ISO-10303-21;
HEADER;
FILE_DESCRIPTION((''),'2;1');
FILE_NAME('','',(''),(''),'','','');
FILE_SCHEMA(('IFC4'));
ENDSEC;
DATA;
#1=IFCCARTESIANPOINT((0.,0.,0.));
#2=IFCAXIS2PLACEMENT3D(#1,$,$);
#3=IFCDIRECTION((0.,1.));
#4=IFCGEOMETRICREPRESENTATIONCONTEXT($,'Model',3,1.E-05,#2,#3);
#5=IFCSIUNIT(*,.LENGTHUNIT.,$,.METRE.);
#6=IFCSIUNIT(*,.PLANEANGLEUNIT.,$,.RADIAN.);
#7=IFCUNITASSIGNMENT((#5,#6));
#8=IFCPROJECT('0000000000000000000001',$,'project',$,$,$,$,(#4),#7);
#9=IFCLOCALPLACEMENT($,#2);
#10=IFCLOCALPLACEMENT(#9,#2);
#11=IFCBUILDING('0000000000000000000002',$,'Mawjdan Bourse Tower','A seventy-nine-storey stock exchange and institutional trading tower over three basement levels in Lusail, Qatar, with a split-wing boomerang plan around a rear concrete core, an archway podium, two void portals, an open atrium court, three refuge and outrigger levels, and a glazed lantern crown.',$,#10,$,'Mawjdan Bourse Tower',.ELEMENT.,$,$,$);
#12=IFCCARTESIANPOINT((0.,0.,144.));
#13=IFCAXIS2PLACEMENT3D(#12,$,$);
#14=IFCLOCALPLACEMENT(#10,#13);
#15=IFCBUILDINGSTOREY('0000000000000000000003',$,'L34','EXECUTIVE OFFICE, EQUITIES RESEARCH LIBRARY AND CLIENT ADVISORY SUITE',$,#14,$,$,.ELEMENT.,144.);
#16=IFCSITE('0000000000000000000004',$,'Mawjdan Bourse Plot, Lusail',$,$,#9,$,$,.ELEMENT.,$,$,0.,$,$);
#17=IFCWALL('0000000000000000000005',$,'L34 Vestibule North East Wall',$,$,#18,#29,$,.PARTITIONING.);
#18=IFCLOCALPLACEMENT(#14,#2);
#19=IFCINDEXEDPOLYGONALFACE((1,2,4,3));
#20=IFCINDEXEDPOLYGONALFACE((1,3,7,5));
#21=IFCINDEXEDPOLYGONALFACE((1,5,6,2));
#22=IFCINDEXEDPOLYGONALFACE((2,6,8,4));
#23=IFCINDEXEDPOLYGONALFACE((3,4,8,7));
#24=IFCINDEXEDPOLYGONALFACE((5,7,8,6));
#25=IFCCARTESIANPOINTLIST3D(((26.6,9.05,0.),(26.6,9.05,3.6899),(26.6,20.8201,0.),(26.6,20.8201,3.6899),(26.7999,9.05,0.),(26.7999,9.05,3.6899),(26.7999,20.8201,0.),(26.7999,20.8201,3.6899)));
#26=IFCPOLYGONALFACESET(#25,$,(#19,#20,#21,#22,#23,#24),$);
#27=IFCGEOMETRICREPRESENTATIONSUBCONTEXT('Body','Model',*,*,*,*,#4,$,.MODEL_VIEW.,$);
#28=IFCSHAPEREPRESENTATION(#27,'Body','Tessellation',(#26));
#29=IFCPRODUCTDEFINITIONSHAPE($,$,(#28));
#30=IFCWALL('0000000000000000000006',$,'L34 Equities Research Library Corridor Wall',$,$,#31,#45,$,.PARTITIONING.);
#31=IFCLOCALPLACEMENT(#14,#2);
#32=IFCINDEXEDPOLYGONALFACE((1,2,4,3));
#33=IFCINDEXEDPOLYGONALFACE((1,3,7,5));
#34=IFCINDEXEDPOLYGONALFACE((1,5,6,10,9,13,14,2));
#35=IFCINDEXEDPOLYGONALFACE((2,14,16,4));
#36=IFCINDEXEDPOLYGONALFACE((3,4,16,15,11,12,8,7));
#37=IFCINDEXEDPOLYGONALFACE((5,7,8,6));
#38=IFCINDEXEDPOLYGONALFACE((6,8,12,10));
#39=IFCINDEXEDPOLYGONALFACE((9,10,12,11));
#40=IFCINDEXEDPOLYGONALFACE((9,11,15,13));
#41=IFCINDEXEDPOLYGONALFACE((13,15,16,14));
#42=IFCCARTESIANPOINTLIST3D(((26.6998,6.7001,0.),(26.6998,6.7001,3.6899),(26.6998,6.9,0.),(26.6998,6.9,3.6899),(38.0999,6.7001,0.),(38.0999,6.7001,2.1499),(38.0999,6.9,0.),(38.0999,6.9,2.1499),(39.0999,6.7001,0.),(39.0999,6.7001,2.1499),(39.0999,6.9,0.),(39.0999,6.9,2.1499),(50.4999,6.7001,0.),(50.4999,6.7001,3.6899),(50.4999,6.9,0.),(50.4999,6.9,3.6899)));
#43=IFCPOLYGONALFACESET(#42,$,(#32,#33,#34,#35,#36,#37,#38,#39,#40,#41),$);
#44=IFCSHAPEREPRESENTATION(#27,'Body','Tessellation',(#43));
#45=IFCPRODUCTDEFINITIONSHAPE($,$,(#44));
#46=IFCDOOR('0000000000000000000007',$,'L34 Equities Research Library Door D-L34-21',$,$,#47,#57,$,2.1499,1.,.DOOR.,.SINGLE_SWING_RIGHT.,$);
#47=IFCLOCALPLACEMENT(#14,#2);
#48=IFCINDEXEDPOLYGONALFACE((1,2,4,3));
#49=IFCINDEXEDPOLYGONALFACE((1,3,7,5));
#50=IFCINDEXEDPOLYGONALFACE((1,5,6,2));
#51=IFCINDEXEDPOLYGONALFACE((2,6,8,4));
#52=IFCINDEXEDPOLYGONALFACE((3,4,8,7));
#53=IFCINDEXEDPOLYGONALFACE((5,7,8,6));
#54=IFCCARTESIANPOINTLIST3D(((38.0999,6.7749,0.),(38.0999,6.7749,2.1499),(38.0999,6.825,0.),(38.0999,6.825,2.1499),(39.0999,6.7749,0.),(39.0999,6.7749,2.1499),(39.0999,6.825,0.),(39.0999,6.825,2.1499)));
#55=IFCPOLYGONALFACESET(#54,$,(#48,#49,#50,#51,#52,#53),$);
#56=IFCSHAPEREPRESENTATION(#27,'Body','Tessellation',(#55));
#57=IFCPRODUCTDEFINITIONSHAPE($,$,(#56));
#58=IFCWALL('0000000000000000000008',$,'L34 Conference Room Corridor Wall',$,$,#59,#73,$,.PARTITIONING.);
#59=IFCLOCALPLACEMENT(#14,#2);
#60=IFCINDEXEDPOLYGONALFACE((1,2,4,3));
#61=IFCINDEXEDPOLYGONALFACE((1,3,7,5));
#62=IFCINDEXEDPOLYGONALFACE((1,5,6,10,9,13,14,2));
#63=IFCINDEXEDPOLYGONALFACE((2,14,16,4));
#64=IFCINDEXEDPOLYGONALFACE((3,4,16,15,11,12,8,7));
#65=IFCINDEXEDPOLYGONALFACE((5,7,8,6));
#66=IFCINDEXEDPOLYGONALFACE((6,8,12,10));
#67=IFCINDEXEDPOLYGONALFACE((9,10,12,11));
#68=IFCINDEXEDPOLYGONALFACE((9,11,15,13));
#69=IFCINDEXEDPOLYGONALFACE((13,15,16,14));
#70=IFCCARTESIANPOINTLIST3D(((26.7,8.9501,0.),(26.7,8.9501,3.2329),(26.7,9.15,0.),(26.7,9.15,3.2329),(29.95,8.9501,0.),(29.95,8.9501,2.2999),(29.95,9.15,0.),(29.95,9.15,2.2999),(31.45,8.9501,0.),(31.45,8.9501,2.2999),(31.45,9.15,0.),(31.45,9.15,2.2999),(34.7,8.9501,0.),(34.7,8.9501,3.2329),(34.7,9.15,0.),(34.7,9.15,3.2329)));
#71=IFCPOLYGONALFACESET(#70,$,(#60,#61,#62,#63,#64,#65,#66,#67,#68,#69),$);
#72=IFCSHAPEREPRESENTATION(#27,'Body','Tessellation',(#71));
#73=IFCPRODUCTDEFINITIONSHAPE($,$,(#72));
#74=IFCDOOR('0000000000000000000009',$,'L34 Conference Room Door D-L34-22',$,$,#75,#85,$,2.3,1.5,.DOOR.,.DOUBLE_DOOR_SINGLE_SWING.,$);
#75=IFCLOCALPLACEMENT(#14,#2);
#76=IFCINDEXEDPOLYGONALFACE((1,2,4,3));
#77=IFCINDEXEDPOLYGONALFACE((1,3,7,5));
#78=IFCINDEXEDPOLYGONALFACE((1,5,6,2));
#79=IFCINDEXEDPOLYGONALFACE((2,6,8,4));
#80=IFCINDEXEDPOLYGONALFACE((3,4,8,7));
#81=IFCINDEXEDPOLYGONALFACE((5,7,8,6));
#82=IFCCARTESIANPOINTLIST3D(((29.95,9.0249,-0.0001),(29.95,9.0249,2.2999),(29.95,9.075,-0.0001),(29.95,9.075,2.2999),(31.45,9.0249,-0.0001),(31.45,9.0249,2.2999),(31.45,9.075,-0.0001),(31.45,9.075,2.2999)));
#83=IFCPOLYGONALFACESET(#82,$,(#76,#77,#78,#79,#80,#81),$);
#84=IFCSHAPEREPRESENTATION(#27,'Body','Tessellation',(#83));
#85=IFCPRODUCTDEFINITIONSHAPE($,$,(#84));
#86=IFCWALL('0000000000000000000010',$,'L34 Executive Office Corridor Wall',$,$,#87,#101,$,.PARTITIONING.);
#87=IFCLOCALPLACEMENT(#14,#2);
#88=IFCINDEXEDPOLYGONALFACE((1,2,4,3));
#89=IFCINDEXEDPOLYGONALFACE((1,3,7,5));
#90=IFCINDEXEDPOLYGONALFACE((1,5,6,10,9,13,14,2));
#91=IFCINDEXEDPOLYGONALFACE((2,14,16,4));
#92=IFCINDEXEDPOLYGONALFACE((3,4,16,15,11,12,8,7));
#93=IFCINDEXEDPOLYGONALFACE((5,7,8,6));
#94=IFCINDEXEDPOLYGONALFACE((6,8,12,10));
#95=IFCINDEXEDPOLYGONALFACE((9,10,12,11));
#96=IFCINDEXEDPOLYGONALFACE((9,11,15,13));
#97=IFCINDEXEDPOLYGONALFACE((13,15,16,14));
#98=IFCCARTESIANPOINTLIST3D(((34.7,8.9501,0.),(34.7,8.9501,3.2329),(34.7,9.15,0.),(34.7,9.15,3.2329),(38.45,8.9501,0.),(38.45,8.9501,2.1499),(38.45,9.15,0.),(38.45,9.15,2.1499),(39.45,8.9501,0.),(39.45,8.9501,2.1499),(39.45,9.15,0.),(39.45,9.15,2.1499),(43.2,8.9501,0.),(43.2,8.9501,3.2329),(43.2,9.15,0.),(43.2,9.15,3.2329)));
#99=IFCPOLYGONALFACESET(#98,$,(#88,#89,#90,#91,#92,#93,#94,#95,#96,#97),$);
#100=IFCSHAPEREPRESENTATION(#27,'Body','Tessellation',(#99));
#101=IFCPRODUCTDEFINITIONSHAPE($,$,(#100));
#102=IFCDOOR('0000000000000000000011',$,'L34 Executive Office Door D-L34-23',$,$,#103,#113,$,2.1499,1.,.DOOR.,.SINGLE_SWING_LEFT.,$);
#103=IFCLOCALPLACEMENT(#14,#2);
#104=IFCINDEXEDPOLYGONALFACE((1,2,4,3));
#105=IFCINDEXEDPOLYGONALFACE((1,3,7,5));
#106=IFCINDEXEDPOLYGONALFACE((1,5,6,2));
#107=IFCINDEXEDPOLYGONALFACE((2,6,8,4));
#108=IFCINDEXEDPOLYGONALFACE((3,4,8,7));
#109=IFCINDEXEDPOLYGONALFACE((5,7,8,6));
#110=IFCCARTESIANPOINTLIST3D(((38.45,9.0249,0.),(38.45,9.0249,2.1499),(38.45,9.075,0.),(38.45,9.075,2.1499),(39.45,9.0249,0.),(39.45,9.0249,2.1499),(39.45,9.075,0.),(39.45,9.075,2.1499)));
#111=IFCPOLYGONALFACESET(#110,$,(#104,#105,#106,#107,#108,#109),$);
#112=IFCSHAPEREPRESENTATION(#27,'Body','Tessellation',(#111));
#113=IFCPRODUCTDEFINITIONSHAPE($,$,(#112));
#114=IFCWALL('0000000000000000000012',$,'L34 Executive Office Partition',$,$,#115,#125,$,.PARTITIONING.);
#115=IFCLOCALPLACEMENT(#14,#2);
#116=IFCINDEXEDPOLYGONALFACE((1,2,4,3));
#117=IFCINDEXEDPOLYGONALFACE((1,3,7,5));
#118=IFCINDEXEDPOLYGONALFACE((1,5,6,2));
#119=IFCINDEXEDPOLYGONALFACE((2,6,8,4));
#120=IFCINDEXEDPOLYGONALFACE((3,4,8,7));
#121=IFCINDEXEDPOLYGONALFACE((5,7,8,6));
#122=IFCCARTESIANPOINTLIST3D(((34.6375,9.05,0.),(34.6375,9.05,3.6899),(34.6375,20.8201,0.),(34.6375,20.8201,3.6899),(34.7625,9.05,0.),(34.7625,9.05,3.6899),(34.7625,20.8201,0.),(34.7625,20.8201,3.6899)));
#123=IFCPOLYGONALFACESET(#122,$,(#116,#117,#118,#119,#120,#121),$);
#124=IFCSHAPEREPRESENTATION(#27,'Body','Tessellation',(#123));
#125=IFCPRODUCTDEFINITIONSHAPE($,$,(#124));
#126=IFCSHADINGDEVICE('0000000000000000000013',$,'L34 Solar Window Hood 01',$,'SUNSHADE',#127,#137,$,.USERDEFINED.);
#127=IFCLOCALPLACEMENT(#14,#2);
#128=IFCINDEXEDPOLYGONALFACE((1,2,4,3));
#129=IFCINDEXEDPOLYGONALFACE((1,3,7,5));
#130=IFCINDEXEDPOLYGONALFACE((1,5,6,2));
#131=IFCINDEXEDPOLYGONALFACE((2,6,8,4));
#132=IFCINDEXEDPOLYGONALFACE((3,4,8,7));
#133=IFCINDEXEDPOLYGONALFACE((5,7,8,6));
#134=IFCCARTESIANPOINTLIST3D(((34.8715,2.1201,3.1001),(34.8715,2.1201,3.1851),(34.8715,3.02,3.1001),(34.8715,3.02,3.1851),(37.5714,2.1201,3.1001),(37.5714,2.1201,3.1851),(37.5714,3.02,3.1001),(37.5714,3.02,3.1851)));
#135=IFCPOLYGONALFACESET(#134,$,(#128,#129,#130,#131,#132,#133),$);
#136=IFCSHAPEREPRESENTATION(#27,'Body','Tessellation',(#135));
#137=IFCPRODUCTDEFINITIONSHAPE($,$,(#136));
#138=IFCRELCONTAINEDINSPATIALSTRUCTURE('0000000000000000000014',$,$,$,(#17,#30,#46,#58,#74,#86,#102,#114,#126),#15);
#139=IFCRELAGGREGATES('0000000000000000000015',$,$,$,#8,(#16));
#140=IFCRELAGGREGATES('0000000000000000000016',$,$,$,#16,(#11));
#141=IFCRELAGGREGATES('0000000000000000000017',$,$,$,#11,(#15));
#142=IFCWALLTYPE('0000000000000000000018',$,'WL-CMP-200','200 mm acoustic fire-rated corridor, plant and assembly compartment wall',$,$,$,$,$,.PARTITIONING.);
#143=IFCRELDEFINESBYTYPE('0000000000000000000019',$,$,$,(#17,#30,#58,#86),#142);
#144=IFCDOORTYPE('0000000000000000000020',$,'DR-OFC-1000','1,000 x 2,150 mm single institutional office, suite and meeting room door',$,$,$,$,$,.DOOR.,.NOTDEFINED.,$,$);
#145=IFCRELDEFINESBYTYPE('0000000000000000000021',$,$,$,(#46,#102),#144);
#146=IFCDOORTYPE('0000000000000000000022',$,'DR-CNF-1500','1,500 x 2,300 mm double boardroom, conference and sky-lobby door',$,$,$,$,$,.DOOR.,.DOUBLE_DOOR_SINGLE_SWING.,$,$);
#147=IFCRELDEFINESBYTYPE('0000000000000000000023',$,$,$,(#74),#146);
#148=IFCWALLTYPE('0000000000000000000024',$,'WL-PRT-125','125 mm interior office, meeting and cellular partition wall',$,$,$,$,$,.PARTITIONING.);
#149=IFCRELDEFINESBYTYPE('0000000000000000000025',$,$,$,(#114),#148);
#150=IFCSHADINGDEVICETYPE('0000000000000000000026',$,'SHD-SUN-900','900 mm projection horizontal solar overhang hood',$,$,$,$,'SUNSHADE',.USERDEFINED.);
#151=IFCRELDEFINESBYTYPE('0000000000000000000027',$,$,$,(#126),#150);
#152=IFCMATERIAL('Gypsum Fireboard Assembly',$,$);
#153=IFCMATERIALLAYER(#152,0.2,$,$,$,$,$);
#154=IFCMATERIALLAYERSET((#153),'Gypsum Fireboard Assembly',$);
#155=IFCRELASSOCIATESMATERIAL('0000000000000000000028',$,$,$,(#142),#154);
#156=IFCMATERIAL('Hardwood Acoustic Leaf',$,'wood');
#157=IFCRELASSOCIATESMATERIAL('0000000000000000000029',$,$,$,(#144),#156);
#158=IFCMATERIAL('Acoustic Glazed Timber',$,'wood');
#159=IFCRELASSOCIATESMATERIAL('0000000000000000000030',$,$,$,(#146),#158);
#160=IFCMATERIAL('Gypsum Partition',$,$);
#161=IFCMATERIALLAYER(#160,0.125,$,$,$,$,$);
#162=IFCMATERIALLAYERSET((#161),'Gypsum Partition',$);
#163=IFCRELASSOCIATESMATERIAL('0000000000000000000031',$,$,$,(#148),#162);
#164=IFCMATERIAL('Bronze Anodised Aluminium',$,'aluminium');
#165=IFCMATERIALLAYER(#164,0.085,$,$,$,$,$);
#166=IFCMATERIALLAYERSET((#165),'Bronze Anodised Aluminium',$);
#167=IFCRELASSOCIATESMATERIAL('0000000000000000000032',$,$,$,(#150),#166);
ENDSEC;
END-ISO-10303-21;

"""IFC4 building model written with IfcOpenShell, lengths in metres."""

from ifc_helpers import new_model, si_unit, direction, frame, frame_2d, origin, origin_2d, place, context, subcontext, project, spatial, rectangle, extrude, material, layer, layer_set, type_object, element, fill, save


model = new_model("IFC4")

# Units and contexts
model_context = context("Model", 3, precision=1e-05, world=origin(), true_north=direction((0.0, 1.0)))
body_context = subcontext(model_context, "Body", "Model", "MODEL_VIEW")
ifc_project = project(units=[si_unit("LENGTHUNIT", "METRE"), si_unit("PLANEANGLEUNIT", "RADIAN")], contexts=[model_context])

# Site, building, storey
site_placement = place(None, origin())
site = spatial("IfcSite", under=ifc_project, at=site_placement, Name="Mawjdan Bourse Plot, Lusail", CompositionType="ELEMENT", RefElevation=0.0)
building_placement = place(site_placement, origin())
building = spatial("IfcBuilding", under=site, at=building_placement, Name="Mawjdan Bourse Tower", Description="A seventy-nine-storey stock exchange and institutional trading tower over three basement levels in Lusail, Qatar, with a split-wing boomerang plan around a rear concrete core, an archway podium, two void portals, an open atrium court, three refuge and outrigger levels, and a glazed lantern crown.", LongName="Mawjdan Bourse Tower", CompositionType="ELEMENT")
storey_placement = place(building_placement, frame((0.0, 0.0, 144.0)))
storey = spatial("IfcBuildingStorey", under=building, at=storey_placement, Name="L34", Description="EXECUTIVE OFFICE, EQUITIES RESEARCH LIBRARY AND CLIENT ADVISORY SUITE", CompositionType="ELEMENT", Elevation=144.0)

# Wall
ifc_material_1 = material(Name="Gypsum Fireboard Assembly")
ifc_layer_1 = layer(ifc_material_1, 0.2)
ifc_layer_set_1 = layer_set([ifc_layer_1], Name="Gypsum Fireboard Assembly")
wall_type_1 = type_object("IfcWallType", Name="WL-CMP-200", Description="200 mm acoustic fire-rated corridor, plant and assembly compartment wall", PredefinedType="PARTITIONING", material=ifc_layer_set_1)
wall_1_placement = place(storey_placement, frame((26.7, 9.05, 0.0), z_axis=(0.0, 0.0, 1.0), x_axis=(0.0, 1.0, 0.0)))
element("IfcWall", 1, at=wall_1_placement, inside=storey, type_object=wall_type_1, Name="L34 Vestibule North East Wall", PredefinedType="PARTITIONING", context=body_context, shape_type="SweptSolid", body=[
    extrude(rectangle(XDim=11.77, YDim=0.2, at=frame_2d((5.885, 0.0))), origin(), (0.0, 0.0, 1.0), 3.6899),
])

# Walls, openings, doors
wall_2_placement = place(storey_placement, frame((26.7, 6.8, 0.0), z_axis=(0.0, 0.0, 1.0), x_axis=(1.0, 0.0, 0.0)))
wall_2 = element("IfcWall", 2, at=wall_2_placement, inside=storey, type_object=wall_type_1, Name="L34 Equities Research Library Corridor Wall", PredefinedType="PARTITIONING", context=body_context, shape_type="SweptSolid", body=[
    extrude(rectangle(XDim=23.8, YDim=0.2, at=frame_2d((11.8999, 0.0))), origin(), (0.0, 0.0, 1.0), 3.6899),
])
opening_1_placement = place(wall_2_placement, frame((11.3999, 0.0, 0.0)))
opening_1 = element("IfcOpeningElement", 3, at=opening_1_placement, cuts=wall_2, PredefinedType="OPENING", context=body_context, shape_type="SweptSolid", body=[
    extrude(rectangle(XDim=1.0, YDim=2.1499, at=frame_2d((0.5, 1.075))), frame((0.0, 0.1099, 0.0), z_axis=(0.0, -1.0, 0.0), x_axis=(1.0, 0.0, 0.0)), (0.0, 0.0, 1.0), 0.22),
])
ifc_material_2 = material(Name="Hardwood Acoustic Leaf", Category="wood")
door_type_1 = type_object("IfcDoorType", Name="DR-OFC-1000", Description="1,000 x 2,150 mm single institutional office, suite and meeting room door", OperationType="NOTDEFINED", PredefinedType="DOOR", material=ifc_material_2)
door_1_placement = place(opening_1_placement, origin())
door_1 = element("IfcDoor", 4, at=door_1_placement, inside=storey, type_object=door_type_1, Name="L34 Equities Research Library Door D-L34-21", OperationType="SINGLE_SWING_RIGHT", OverallHeight=2.1499, OverallWidth=1.0, PredefinedType="DOOR", context=body_context, shape_type="SweptSolid", body=[
    extrude(rectangle(XDim=1.0, YDim=2.1499, at=frame_2d((0.5, 1.075))), frame((0.0, 0.0249, 0.0), z_axis=(0.0, -1.0, 0.0), x_axis=(1.0, 0.0, 0.0)), (0.0, 0.0, 1.0), 0.05),
])
fill(opening_1, door_1)
wall_3_placement = place(storey_placement, frame((26.7, 9.05, 0.0), z_axis=(0.0, 0.0, 1.0), x_axis=(1.0, 0.0, 0.0)))
wall_3 = element("IfcWall", 5, at=wall_3_placement, inside=storey, type_object=wall_type_1, Name="L34 Conference Room Corridor Wall", PredefinedType="PARTITIONING", context=body_context, shape_type="SweptSolid", body=[
    extrude(rectangle(XDim=8.0, YDim=0.2, at=frame_2d((4.0, 0.0))), origin(), (0.0, 0.0, 1.0), 3.2329),
])
opening_2_placement = place(wall_3_placement, frame((3.25, 0.0, 0.0)))
opening_2 = element("IfcOpeningElement", 6, at=opening_2_placement, cuts=wall_3, PredefinedType="OPENING", context=body_context, shape_type="SweptSolid", body=[
    extrude(rectangle(XDim=1.5, YDim=2.3, at=frame_2d((0.75, 1.1499))), frame((0.0, 0.1099, 0.0), z_axis=(0.0, -1.0, 0.0), x_axis=(1.0, 0.0, 0.0)), (0.0, 0.0, 1.0), 0.22),
])
ifc_material_3 = material(Name="Acoustic Glazed Timber", Category="wood")
door_type_2 = type_object("IfcDoorType", Name="DR-CNF-1500", Description="1,500 x 2,300 mm double boardroom, conference and sky-lobby door", OperationType="DOUBLE_DOOR_SINGLE_SWING", PredefinedType="DOOR", material=ifc_material_3)
door_2_placement = place(opening_2_placement, origin())
door_2 = element("IfcDoor", 7, at=door_2_placement, inside=storey, type_object=door_type_2, Name="L34 Conference Room Door D-L34-22", OperationType="DOUBLE_DOOR_SINGLE_SWING", OverallHeight=2.3, OverallWidth=1.5, PredefinedType="DOOR", context=body_context, shape_type="SweptSolid", body=[
    extrude(rectangle(XDim=1.5, YDim=2.3, at=frame_2d((0.75, 1.1499))), frame((0.0, 0.0249, 0.0), z_axis=(0.0, -1.0, 0.0), x_axis=(1.0, 0.0, 0.0)), (0.0, 0.0, 1.0), 0.05),
])
fill(opening_2, door_2)
wall_4_placement = place(storey_placement, frame((34.7, 9.05, 0.0), z_axis=(0.0, 0.0, 1.0), x_axis=(1.0, 0.0, 0.0)))
wall_4 = element("IfcWall", 8, at=wall_4_placement, inside=storey, type_object=wall_type_1, Name="L34 Executive Office Corridor Wall", PredefinedType="PARTITIONING", context=body_context, shape_type="SweptSolid", body=[
    extrude(rectangle(XDim=8.5, YDim=0.2, at=frame_2d((4.25, 0.0))), origin(), (0.0, 0.0, 1.0), 3.2329),
])
opening_3_placement = place(wall_4_placement, frame((3.75, 0.0, 0.0)))
opening_3 = element("IfcOpeningElement", 9, at=opening_3_placement, cuts=wall_4, PredefinedType="OPENING", context=body_context, shape_type="SweptSolid", body=[
    extrude(rectangle(XDim=1.0, YDim=2.1499, at=frame_2d((0.5, 1.075))), frame((0.0, 0.1099, 0.0), z_axis=(0.0, -1.0, 0.0), x_axis=(1.0, 0.0, 0.0)), (0.0, 0.0, 1.0), 0.22),
])
door_3_placement = place(opening_3_placement, origin())
door_3 = element("IfcDoor", 10, at=door_3_placement, inside=storey, type_object=door_type_1, Name="L34 Executive Office Door D-L34-23", OperationType="SINGLE_SWING_LEFT", OverallHeight=2.1499, OverallWidth=1.0, PredefinedType="DOOR", context=body_context, shape_type="SweptSolid", body=[
    extrude(rectangle(XDim=1.0, YDim=2.1499, at=frame_2d((0.5, 1.075))), frame((0.0, 0.0249, 0.0), z_axis=(0.0, -1.0, 0.0), x_axis=(1.0, 0.0, 0.0)), (0.0, 0.0, 1.0), 0.05),
])
fill(opening_3, door_3)

# Wall
ifc_material_4 = material(Name="Gypsum Partition")
ifc_layer_2 = layer(ifc_material_4, 0.125)
ifc_layer_set_2 = layer_set([ifc_layer_2], Name="Gypsum Partition")
wall_type_2 = type_object("IfcWallType", Name="WL-PRT-125", Description="125 mm interior office, meeting and cellular partition wall", PredefinedType="PARTITIONING", material=ifc_layer_set_2)
wall_5_placement = place(storey_placement, frame((34.7, 9.05, 0.0), z_axis=(0.0, 0.0, 1.0), x_axis=(0.0, 1.0, 0.0)))
element("IfcWall", 11, at=wall_5_placement, inside=storey, type_object=wall_type_2, Name="L34 Executive Office Partition", PredefinedType="PARTITIONING", context=body_context, shape_type="SweptSolid", body=[
    extrude(rectangle(XDim=11.77, YDim=0.125, at=frame_2d((5.885, 0.0))), origin(), (0.0, 0.0, 1.0), 3.6899),
])

# Shading device
ifc_material_5 = material(Name="Bronze Anodised Aluminium", Category="aluminium")
ifc_layer_3 = layer(ifc_material_5, 0.085)
ifc_layer_set_3 = layer_set([ifc_layer_3], Name="Bronze Anodised Aluminium")
shading_device_type = type_object("IfcShadingDeviceType", Name="SHD-SUN-900", Description="900 mm projection horizontal solar overhang hood", ElementType="SUNSHADE", PredefinedType="USERDEFINED", material=ifc_layer_set_3)
shading_device_placement = place(storey_placement, frame((36.2214, 2.5701, 3.1001), z_axis=(0.0, 0.0, 1.0), x_axis=(1.0, 0.0, 0.0)))
element("IfcShadingDevice", 12, at=shading_device_placement, inside=storey, type_object=shading_device_type, Name="L34 Solar Window Hood 01", ObjectType="SUNSHADE", PredefinedType="USERDEFINED", context=body_context, shape_type="SweptSolid", body=[
    extrude(rectangle(XDim=2.7, YDim=0.8999, at=origin_2d()), origin(), (0.0, 0.0, 1.0), 0.085),
])

save(model, "model.ifc")
